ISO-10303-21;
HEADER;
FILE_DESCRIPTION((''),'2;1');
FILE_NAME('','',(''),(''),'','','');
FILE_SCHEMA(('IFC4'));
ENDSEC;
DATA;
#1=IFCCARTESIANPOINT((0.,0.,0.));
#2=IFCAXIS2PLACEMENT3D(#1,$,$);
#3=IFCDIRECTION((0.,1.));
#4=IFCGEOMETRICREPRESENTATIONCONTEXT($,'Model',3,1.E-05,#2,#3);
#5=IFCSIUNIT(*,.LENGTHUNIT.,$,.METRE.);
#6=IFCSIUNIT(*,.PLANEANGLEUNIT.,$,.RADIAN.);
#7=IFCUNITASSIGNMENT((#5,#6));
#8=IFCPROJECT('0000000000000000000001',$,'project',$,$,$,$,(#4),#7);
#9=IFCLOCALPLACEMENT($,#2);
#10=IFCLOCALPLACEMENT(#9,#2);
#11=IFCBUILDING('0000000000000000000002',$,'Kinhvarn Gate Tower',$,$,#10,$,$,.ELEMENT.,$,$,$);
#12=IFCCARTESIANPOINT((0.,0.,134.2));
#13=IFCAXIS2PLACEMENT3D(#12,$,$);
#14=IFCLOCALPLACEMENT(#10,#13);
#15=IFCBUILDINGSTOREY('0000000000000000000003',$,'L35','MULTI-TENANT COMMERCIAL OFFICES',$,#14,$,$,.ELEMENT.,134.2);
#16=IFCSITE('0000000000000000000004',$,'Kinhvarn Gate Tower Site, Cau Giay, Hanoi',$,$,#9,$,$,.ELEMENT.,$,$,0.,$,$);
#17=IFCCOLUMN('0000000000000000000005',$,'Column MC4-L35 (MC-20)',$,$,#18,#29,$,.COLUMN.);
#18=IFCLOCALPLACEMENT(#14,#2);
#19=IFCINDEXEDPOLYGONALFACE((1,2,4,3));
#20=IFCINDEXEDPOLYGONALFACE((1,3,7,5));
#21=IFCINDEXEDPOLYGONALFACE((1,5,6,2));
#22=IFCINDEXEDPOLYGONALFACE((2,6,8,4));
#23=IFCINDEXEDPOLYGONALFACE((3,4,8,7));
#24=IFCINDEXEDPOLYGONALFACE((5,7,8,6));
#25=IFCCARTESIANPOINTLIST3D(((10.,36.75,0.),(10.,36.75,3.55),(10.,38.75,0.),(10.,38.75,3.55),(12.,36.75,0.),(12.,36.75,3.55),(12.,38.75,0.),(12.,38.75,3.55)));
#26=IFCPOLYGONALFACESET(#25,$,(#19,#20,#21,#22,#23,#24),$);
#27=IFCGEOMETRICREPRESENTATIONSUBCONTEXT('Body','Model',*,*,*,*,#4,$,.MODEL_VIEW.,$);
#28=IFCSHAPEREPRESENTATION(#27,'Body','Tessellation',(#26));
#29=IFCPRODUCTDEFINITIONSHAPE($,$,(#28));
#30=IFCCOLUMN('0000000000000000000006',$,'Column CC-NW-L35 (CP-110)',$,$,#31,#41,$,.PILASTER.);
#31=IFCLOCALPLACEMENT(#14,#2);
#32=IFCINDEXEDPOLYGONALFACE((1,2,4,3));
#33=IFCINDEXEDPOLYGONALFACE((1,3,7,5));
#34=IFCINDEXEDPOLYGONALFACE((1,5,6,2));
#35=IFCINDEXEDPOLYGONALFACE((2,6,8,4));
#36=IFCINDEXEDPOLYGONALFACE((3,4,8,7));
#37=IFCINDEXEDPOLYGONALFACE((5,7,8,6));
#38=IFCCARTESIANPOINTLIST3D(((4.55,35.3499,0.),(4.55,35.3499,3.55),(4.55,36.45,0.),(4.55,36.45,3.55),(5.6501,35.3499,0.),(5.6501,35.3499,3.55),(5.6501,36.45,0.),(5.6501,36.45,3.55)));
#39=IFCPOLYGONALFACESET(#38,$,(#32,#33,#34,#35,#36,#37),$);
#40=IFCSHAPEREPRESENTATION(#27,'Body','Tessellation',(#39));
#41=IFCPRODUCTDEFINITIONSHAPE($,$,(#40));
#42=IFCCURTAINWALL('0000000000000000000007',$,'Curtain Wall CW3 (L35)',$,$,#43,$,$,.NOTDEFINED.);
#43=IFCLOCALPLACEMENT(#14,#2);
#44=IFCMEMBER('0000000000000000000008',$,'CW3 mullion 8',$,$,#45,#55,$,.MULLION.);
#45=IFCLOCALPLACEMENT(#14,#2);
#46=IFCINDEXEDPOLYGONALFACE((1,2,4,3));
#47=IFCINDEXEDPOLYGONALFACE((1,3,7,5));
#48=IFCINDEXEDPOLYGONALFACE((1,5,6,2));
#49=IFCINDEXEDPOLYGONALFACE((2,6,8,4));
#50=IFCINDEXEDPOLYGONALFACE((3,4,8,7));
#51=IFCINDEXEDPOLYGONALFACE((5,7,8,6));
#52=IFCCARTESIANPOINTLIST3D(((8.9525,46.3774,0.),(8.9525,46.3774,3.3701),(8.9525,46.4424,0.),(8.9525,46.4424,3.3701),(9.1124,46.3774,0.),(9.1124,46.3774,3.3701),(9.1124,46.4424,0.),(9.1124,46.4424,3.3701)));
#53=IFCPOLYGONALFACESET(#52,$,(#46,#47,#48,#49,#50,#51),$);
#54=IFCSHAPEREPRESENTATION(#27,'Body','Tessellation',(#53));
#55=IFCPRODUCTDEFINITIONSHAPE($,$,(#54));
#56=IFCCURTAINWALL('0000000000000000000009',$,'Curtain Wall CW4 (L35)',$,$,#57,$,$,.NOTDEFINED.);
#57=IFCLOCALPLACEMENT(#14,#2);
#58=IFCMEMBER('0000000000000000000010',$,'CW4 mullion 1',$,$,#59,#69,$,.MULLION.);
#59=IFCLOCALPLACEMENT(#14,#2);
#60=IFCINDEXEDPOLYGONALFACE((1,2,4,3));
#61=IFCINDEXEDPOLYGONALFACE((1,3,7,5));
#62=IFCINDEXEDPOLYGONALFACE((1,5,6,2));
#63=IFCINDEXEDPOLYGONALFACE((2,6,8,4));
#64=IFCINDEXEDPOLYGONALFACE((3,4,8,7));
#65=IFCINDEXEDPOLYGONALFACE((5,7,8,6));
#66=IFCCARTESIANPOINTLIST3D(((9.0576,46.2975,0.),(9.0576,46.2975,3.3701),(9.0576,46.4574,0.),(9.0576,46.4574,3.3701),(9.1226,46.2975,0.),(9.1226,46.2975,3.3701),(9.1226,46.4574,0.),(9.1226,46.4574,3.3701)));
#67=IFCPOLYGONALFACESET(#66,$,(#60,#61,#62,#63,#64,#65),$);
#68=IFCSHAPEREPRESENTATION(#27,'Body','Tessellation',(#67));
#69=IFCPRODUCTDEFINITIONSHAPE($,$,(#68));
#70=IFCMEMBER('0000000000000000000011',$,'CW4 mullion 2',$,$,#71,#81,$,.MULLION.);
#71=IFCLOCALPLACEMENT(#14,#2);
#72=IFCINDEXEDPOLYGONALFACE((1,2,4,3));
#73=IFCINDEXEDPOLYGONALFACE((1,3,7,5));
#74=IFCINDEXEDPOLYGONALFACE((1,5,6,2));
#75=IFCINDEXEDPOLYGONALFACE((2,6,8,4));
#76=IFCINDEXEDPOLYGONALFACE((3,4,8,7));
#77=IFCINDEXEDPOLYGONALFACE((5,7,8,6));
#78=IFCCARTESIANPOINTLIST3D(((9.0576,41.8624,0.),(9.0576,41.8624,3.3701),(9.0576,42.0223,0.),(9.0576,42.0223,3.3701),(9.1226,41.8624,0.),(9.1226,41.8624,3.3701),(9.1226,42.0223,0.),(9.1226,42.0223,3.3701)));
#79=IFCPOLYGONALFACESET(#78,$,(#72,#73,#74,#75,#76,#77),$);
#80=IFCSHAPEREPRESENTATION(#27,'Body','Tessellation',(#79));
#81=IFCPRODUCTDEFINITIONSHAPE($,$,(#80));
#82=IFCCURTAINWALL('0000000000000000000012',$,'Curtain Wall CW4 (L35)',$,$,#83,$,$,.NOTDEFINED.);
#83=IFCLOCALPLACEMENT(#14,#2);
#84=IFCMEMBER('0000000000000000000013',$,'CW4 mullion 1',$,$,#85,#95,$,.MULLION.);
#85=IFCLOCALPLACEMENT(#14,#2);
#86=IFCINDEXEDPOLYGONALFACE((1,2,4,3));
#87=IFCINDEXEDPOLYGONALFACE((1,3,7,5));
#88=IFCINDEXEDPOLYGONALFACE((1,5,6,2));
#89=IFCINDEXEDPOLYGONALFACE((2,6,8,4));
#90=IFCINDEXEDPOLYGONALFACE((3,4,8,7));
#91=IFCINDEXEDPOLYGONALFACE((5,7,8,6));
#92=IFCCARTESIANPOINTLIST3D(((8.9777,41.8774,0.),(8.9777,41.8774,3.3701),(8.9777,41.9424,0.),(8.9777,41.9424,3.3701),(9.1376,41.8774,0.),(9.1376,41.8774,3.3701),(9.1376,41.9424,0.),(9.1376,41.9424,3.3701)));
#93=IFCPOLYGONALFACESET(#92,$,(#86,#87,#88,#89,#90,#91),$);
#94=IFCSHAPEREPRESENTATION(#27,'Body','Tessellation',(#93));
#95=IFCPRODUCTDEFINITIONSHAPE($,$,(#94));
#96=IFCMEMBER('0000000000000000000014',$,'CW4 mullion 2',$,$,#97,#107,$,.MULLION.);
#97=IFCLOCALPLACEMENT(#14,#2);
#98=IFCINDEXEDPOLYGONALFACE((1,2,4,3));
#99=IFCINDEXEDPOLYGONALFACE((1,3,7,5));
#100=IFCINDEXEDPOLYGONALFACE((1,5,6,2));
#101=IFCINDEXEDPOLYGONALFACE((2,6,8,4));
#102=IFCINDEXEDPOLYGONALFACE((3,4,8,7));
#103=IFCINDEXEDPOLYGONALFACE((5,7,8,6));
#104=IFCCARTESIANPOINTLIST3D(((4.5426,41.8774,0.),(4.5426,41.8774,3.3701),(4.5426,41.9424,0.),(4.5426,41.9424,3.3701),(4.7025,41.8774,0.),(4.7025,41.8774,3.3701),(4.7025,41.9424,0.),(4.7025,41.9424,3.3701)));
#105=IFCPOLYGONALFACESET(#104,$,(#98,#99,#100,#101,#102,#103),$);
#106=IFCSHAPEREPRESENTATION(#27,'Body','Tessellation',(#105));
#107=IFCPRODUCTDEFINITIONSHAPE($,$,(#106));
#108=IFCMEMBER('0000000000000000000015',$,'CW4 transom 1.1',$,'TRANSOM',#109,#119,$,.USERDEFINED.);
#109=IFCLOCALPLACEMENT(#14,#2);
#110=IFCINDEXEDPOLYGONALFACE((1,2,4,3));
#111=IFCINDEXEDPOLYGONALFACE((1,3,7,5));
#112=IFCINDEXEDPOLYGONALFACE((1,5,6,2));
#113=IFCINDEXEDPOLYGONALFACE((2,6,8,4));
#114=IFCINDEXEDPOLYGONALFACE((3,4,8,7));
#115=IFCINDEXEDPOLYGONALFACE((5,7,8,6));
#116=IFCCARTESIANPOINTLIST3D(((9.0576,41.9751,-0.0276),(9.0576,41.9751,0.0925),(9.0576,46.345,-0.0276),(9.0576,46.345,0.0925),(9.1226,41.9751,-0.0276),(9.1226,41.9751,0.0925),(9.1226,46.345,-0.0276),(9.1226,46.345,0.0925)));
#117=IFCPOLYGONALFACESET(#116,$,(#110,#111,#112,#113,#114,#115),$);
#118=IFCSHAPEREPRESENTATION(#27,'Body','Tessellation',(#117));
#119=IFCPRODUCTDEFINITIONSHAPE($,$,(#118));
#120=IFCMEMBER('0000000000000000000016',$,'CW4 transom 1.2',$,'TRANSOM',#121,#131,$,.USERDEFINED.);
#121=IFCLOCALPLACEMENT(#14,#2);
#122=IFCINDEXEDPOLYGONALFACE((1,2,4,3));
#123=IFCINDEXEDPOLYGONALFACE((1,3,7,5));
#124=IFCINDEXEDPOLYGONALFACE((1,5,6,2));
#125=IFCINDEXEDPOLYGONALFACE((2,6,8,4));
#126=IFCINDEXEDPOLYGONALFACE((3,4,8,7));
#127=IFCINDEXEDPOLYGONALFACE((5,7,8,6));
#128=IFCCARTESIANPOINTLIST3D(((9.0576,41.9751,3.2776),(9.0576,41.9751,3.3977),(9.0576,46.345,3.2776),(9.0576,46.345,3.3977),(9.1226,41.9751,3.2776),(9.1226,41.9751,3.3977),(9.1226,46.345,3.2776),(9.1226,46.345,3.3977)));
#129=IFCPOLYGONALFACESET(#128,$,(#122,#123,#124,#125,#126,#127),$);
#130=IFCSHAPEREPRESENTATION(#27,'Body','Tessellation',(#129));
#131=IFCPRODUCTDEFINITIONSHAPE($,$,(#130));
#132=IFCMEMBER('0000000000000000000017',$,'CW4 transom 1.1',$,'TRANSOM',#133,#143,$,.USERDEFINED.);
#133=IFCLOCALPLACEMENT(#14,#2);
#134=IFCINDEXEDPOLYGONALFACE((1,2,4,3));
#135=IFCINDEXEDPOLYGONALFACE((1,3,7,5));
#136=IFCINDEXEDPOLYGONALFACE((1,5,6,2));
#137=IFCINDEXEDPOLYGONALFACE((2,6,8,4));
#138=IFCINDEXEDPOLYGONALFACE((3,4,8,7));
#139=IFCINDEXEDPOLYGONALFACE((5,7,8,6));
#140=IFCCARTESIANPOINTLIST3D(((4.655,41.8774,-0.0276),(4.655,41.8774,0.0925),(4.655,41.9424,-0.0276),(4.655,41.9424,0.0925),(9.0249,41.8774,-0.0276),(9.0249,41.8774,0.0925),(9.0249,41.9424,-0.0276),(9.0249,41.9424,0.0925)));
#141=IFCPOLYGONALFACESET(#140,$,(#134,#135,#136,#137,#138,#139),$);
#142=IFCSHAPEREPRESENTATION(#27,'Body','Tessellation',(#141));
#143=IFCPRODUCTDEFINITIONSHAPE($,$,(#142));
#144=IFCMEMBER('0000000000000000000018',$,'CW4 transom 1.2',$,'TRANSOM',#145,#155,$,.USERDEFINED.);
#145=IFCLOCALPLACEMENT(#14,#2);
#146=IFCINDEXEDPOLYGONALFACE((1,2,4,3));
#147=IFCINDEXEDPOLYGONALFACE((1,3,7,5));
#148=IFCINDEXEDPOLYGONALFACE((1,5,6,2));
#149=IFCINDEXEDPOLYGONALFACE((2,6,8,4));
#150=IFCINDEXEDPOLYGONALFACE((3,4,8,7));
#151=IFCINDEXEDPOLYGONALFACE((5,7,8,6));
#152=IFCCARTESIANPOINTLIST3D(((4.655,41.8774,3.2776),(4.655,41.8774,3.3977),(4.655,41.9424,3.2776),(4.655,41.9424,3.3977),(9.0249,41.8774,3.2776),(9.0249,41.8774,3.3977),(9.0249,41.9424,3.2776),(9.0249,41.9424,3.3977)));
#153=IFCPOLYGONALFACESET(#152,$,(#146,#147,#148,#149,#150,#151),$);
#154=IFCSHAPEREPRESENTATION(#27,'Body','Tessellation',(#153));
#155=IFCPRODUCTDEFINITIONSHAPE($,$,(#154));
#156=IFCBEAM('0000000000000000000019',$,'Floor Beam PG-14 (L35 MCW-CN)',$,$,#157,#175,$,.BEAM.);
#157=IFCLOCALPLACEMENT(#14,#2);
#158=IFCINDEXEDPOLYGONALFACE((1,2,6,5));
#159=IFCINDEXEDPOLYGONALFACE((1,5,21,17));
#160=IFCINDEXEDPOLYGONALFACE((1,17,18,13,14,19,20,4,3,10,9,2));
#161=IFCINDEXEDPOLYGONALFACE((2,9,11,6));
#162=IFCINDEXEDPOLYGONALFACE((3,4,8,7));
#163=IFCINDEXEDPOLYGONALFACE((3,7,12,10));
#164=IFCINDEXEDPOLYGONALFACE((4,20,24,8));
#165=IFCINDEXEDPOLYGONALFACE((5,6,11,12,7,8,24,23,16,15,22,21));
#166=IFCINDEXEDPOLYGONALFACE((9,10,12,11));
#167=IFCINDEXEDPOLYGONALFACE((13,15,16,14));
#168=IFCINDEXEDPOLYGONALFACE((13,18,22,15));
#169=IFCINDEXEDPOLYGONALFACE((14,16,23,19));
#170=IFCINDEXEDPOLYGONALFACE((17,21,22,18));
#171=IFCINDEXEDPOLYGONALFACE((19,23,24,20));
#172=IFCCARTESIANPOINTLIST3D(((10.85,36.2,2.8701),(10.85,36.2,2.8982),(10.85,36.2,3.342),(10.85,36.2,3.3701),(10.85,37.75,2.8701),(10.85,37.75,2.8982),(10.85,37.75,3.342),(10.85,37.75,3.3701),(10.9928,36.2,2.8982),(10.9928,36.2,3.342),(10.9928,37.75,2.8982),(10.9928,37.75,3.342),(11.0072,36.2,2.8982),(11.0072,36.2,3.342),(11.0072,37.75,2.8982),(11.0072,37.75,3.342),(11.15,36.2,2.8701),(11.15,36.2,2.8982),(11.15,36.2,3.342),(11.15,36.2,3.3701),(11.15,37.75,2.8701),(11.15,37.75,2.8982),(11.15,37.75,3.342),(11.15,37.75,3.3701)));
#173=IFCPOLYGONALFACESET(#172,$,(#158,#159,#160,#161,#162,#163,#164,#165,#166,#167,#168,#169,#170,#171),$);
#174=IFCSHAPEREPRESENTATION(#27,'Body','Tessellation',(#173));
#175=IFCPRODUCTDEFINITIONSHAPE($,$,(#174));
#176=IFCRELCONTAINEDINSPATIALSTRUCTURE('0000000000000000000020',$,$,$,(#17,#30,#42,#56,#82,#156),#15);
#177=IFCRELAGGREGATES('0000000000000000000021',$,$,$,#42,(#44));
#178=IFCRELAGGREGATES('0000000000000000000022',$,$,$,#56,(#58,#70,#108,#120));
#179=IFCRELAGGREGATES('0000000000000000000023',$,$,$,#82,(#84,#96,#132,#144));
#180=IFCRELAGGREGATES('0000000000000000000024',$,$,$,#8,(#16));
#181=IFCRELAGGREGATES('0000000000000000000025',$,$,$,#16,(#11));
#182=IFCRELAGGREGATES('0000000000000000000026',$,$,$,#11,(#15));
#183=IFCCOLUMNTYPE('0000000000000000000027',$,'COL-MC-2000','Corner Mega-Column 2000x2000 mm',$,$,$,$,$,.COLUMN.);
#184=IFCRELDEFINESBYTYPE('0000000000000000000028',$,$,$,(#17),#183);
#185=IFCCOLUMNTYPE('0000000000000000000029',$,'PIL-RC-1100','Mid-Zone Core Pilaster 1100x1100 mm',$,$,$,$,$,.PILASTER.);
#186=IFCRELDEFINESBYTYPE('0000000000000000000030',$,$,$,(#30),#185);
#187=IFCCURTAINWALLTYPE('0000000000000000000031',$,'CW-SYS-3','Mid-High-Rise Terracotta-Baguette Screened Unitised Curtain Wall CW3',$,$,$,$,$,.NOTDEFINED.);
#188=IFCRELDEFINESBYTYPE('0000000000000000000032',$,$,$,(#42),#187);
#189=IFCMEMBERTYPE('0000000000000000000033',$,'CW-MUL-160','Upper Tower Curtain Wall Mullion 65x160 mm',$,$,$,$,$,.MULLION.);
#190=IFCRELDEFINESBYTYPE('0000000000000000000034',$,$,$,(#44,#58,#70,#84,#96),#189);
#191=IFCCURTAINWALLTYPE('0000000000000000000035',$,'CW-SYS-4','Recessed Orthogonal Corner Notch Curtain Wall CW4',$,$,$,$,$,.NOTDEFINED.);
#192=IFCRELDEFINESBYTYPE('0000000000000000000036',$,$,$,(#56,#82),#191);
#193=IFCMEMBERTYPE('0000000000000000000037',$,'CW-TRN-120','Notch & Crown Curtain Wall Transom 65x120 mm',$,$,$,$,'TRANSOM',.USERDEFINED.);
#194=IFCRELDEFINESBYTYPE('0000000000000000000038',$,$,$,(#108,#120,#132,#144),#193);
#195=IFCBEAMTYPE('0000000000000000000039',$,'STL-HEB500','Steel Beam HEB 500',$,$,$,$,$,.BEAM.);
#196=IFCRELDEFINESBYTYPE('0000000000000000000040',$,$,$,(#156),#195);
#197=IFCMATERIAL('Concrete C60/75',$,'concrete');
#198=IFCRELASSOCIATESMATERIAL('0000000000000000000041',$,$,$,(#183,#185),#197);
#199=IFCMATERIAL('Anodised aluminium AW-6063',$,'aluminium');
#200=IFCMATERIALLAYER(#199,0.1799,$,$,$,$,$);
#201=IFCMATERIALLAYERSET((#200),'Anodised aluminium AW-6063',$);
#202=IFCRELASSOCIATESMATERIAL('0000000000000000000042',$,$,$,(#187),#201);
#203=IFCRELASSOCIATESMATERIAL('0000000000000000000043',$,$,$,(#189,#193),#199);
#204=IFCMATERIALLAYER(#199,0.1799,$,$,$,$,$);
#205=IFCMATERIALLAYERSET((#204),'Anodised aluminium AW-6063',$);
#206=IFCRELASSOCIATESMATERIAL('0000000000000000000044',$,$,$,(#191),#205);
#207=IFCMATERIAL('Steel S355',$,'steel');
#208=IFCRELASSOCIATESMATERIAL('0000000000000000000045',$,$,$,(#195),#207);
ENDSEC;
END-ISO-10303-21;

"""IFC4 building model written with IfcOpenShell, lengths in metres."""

from ifc_helpers import new_model, si_unit, direction, frame, origin, origin_2d, place, context, subcontext, project, spatial, rectangle, i_section, extrude, material, layer, layer_set, material_profile, profile_set, type_object, element, aggregate, save


model = new_model("IFC4")

# Units and contexts
model_context = context("Model", 3, precision=1e-05, world=origin(), true_north=direction((0.0, 1.0)))
body_context = subcontext(model_context, "Body", "Model", "MODEL_VIEW")
ifc_project = project(units=[si_unit("LENGTHUNIT", "METRE"), si_unit("PLANEANGLEUNIT", "RADIAN")], contexts=[model_context])

# Site, building, storey
site_placement = place(None, origin())
site = spatial("IfcSite", under=ifc_project, at=site_placement, Name="Kinhvarn Gate Tower Site, Cau Giay, Hanoi", CompositionType="ELEMENT", RefElevation=0.0)
building_placement = place(site_placement, origin())
building = spatial("IfcBuilding", under=site, at=building_placement, Name="Kinhvarn Gate Tower", CompositionType="ELEMENT")
storey_placement = place(building_placement, frame((0.0, 0.0, 134.2)))
storey = spatial("IfcBuildingStorey", under=building, at=storey_placement, Name="L35", Description="MULTI-TENANT COMMERCIAL OFFICES", CompositionType="ELEMENT", Elevation=134.2)

# Columns
ifc_material_1 = material(Name="Concrete C60/75", Category="concrete")
ifc_material_profile_1 = material_profile(ifc_material_1, rectangle(XDim=2.0, YDim=2.0, at=origin_2d()), Name="RC 2000x2000")
ifc_profile_set_1 = profile_set([ifc_material_profile_1], Name="Concrete C60/75")
column_type_1 = type_object("IfcColumnType", Name="COL-MC-2000", Description="Corner Mega-Column 2000x2000 mm", PredefinedType="COLUMN", material=ifc_profile_set_1)
column_1_placement = place(storey_placement, frame((11.0, 37.75, 0.0), z_axis=(0.0, 0.0, 1.0), x_axis=(1.0, 0.0, 0.0)))
element("IfcColumn", 1, at=column_1_placement, inside=storey, type_object=column_type_1, Name="Column MC4-L35 (MC-20)", PredefinedType="COLUMN", context=body_context, shape_type="SweptSolid", body=[
    extrude(rectangle(XDim=2.0, YDim=2.0, at=origin_2d()), origin(), (0.0, 0.0, 1.0), 3.55),
])
ifc_material_profile_2 = material_profile(ifc_material_1, rectangle(XDim=1.1001, YDim=1.1001, at=origin_2d()), Name="RC 1100x1100")
ifc_profile_set_2 = profile_set([ifc_material_profile_2], Name="Concrete C60/75")
column_type_2 = type_object("IfcColumnType", Name="PIL-RC-1100", Description="Mid-Zone Core Pilaster 1100x1100 mm", PredefinedType="PILASTER", material=ifc_profile_set_2)
column_2_placement = place(storey_placement, frame((5.1001, 35.8999, 0.0), z_axis=(0.0, 0.0, 1.0), x_axis=(1.0, 0.0, 0.0)))
element("IfcColumn", 2, at=column_2_placement, inside=storey, type_object=column_type_2, Name="Column CC-NW-L35 (CP-110)", PredefinedType="PILASTER", context=body_context, shape_type="SweptSolid", body=[
    extrude(rectangle(XDim=1.1001, YDim=1.1001, at=origin_2d()), origin(), (0.0, 0.0, 1.0), 3.55),
])

# Curtain wall, member
ifc_material_2 = material(Name="Anodised aluminium AW-6063", Category="aluminium")
ifc_layer_1 = layer(ifc_material_2, 0.1799)
ifc_layer_set_1 = layer_set([ifc_layer_1], Name="Anodised aluminium AW-6063")
curtain_wall_type_1 = type_object("IfcCurtainWallType", Name="CW-SYS-3", Description="Mid-High-Rise Terracotta-Baguette Screened Unitised Curtain Wall CW3", PredefinedType="NOTDEFINED", material=ifc_layer_set_1)
curtain_wall_1_placement = place(storey_placement, origin())
curtain_wall_1 = element("IfcCurtainWall", 3, at=curtain_wall_1_placement, inside=storey, type_object=curtain_wall_type_1, Name="Curtain Wall CW3 (L35)", PredefinedType="NOTDEFINED")
ifc_material_profile_3 = material_profile(ifc_material_2, rectangle(XDim=0.0649, YDim=0.1599, at=origin_2d()), Name="ALU 65x160")
ifc_profile_set_3 = profile_set([ifc_material_profile_3], Name="Anodised aluminium AW-6063")
member_type_1 = type_object("IfcMemberType", Name="CW-MUL-160", Description="Upper Tower Curtain Wall Mullion 65x160 mm", PredefinedType="MULLION", material=ifc_profile_set_3)
member_1_placement = place(storey_placement, frame((9.0325, 46.4099, 0.0), z_axis=(0.0, 0.0, 1.0), x_axis=(0.0, -1.0, 0.0)))
member_1 = element("IfcMember", 4, at=member_1_placement, type_object=member_type_1, Name="CW3 mullion 8", PredefinedType="MULLION", context=body_context, shape_type="SweptSolid", body=[
    extrude(rectangle(XDim=0.0649, YDim=0.1599, at=origin_2d()), origin(), (0.0, 0.0, 1.0), 3.3701),
])
aggregate(curtain_wall_1, [member_1])

# Curtain walls, members
ifc_layer_2 = layer(ifc_material_2, 0.1799)
ifc_layer_set_2 = layer_set([ifc_layer_2], Name="Anodised aluminium AW-6063")
curtain_wall_type_2 = type_object("IfcCurtainWallType", Name="CW-SYS-4", Description="Recessed Orthogonal Corner Notch Curtain Wall CW4", PredefinedType="NOTDEFINED", material=ifc_layer_set_2)
curtain_wall_2_placement = place(storey_placement, origin())
curtain_wall_2 = element("IfcCurtainWall", 5, at=curtain_wall_2_placement, inside=storey, type_object=curtain_wall_type_2, Name="Curtain Wall CW4 (L35)", PredefinedType="NOTDEFINED")
member_2_placement = place(storey_placement, frame((9.0901, 46.3774, 0.0), z_axis=(0.0, 0.0, 1.0), x_axis=(1.0, 0.0, 0.0)))
member_2 = element("IfcMember", 6, at=member_2_placement, type_object=member_type_1, Name="CW4 mullion 1", PredefinedType="MULLION", context=body_context, shape_type="SweptSolid", body=[
    extrude(rectangle(XDim=0.0649, YDim=0.1599, at=origin_2d()), origin(), (0.0, 0.0, 1.0), 3.3701),
])
member_3_placement = place(storey_placement, frame((9.0901, 41.9424, 0.0), z_axis=(0.0, 0.0, 1.0), x_axis=(1.0, 0.0, 0.0)))
member_3 = element("IfcMember", 7, at=member_3_placement, type_object=member_type_1, Name="CW4 mullion 2", PredefinedType="MULLION", context=body_context, shape_type="SweptSolid", body=[
    extrude(rectangle(XDim=0.0649, YDim=0.1599, at=origin_2d()), origin(), (0.0, 0.0, 1.0), 3.3701),
])
curtain_wall_3_placement = place(storey_placement, origin())
curtain_wall_3 = element("IfcCurtainWall", 8, at=curtain_wall_3_placement, inside=storey, type_object=curtain_wall_type_2, Name="Curtain Wall CW4 (L35)", PredefinedType="NOTDEFINED")
member_4_placement = place(storey_placement, frame((9.0576, 41.9099, 0.0), z_axis=(0.0, 0.0, 1.0), x_axis=(0.0, -1.0, 0.0)))
member_4 = element("IfcMember", 9, at=member_4_placement, type_object=member_type_1, Name="CW4 mullion 1", PredefinedType="MULLION", context=body_context, shape_type="SweptSolid", body=[
    extrude(rectangle(XDim=0.0649, YDim=0.1599, at=origin_2d()), origin(), (0.0, 0.0, 1.0), 3.3701),
])
member_5_placement = place(storey_placement, frame((4.6226, 41.9099, 0.0), z_axis=(0.0, 0.0, 1.0), x_axis=(0.0, -1.0, 0.0)))
member_5 = element("IfcMember", 10, at=member_5_placement, type_object=member_type_1, Name="CW4 mullion 2", PredefinedType="MULLION", context=body_context, shape_type="SweptSolid", body=[
    extrude(rectangle(XDim=0.0649, YDim=0.1599, at=origin_2d()), origin(), (0.0, 0.0, 1.0), 3.3701),
])

# Members
ifc_material_profile_4 = material_profile(ifc_material_2, rectangle(XDim=0.0649, YDim=0.1201, at=origin_2d()), Name="ALU 65x120")
ifc_profile_set_4 = profile_set([ifc_material_profile_4], Name="Anodised aluminium AW-6063")
member_type_2 = type_object("IfcMemberType", Name="CW-TRN-120", Description="Notch & Crown Curtain Wall Transom 65x120 mm", ElementType="TRANSOM", PredefinedType="USERDEFINED", material=ifc_profile_set_4)
member_6_placement = place(storey_placement, frame((9.0901, 46.345, 0.0325), z_axis=(0.0, -1.0, 0.0), x_axis=(1.0, 0.0, 0.0)))
member_6 = element("IfcMember", 11, at=member_6_placement, type_object=member_type_2, Name="CW4 transom 1.1", ObjectType="TRANSOM", PredefinedType="USERDEFINED", context=body_context, shape_type="SweptSolid", body=[
    extrude(rectangle(XDim=0.0649, YDim=0.1201, at=origin_2d()), origin(), (0.0, 0.0, 1.0), 4.3699),
])
member_7_placement = place(storey_placement, frame((9.0901, 46.345, 3.3376), z_axis=(0.0, -1.0, 0.0), x_axis=(1.0, 0.0, 0.0)))
member_7 = element("IfcMember", 12, at=member_7_placement, type_object=member_type_2, Name="CW4 transom 1.2", ObjectType="TRANSOM", PredefinedType="USERDEFINED", context=body_context, shape_type="SweptSolid", body=[
    extrude(rectangle(XDim=0.0649, YDim=0.1201, at=origin_2d()), origin(), (0.0, 0.0, 1.0), 4.3699),
])
member_8_placement = place(storey_placement, frame((9.0249, 41.9099, 0.0325), z_axis=(-1.0, 0.0, 0.0), x_axis=(0.0, -1.0, 0.0)))
member_8 = element("IfcMember", 13, at=member_8_placement, type_object=member_type_2, Name="CW4 transom 1.1", ObjectType="TRANSOM", PredefinedType="USERDEFINED", context=body_context, shape_type="SweptSolid", body=[
    extrude(rectangle(XDim=0.0649, YDim=0.1201, at=origin_2d()), origin(), (0.0, 0.0, 1.0), 4.3699),
])
member_9_placement = place(storey_placement, frame((9.0249, 41.9099, 3.3376), z_axis=(-1.0, 0.0, 0.0), x_axis=(0.0, -1.0, 0.0)))
member_9 = element("IfcMember", 14, at=member_9_placement, type_object=member_type_2, Name="CW4 transom 1.2", ObjectType="TRANSOM", PredefinedType="USERDEFINED", context=body_context, shape_type="SweptSolid", body=[
    extrude(rectangle(XDim=0.0649, YDim=0.1201, at=origin_2d()), origin(), (0.0, 0.0, 1.0), 4.3699),
])

# Beam
ifc_material_3 = material(Name="Steel S355", Category="steel")
ifc_material_profile_5 = material_profile(ifc_material_3, i_section(OverallWidth=0.3, OverallDepth=0.5, WebThickness=0.0144, FlangeThickness=0.0281, at=origin_2d()), Name="HEB 500")
ifc_profile_set_5 = profile_set([ifc_material_profile_5], Name="Steel S355")
beam_type_1 = type_object("IfcBeamType", Name="STL-HEB500", Description="Steel Beam HEB 500", PredefinedType="BEAM", material=ifc_profile_set_5)
beam_1_placement = place(storey_placement, frame((11.0, 36.2, 3.1201), z_axis=(0.0, 1.0, 0.0), x_axis=(-1.0, 0.0, 0.0)))
element("IfcBeam", 15, at=beam_1_placement, inside=storey, type_object=beam_type_1, Name="Floor Beam PG-14 (L35 MCW-CN)", PredefinedType="BEAM", context=body_context, shape_type="SweptSolid", body=[
    extrude(i_section(OverallWidth=0.3, OverallDepth=0.5, WebThickness=0.0144, FlangeThickness=0.0281, at=origin_2d()), origin(), (0.0, 0.0, 1.0), 1.55),
])

aggregate(curtain_wall_2, [member_2, member_3, member_6, member_7])
aggregate(curtain_wall_3, [member_4, member_5, member_8, member_9])

save(model, "model.ifc")
